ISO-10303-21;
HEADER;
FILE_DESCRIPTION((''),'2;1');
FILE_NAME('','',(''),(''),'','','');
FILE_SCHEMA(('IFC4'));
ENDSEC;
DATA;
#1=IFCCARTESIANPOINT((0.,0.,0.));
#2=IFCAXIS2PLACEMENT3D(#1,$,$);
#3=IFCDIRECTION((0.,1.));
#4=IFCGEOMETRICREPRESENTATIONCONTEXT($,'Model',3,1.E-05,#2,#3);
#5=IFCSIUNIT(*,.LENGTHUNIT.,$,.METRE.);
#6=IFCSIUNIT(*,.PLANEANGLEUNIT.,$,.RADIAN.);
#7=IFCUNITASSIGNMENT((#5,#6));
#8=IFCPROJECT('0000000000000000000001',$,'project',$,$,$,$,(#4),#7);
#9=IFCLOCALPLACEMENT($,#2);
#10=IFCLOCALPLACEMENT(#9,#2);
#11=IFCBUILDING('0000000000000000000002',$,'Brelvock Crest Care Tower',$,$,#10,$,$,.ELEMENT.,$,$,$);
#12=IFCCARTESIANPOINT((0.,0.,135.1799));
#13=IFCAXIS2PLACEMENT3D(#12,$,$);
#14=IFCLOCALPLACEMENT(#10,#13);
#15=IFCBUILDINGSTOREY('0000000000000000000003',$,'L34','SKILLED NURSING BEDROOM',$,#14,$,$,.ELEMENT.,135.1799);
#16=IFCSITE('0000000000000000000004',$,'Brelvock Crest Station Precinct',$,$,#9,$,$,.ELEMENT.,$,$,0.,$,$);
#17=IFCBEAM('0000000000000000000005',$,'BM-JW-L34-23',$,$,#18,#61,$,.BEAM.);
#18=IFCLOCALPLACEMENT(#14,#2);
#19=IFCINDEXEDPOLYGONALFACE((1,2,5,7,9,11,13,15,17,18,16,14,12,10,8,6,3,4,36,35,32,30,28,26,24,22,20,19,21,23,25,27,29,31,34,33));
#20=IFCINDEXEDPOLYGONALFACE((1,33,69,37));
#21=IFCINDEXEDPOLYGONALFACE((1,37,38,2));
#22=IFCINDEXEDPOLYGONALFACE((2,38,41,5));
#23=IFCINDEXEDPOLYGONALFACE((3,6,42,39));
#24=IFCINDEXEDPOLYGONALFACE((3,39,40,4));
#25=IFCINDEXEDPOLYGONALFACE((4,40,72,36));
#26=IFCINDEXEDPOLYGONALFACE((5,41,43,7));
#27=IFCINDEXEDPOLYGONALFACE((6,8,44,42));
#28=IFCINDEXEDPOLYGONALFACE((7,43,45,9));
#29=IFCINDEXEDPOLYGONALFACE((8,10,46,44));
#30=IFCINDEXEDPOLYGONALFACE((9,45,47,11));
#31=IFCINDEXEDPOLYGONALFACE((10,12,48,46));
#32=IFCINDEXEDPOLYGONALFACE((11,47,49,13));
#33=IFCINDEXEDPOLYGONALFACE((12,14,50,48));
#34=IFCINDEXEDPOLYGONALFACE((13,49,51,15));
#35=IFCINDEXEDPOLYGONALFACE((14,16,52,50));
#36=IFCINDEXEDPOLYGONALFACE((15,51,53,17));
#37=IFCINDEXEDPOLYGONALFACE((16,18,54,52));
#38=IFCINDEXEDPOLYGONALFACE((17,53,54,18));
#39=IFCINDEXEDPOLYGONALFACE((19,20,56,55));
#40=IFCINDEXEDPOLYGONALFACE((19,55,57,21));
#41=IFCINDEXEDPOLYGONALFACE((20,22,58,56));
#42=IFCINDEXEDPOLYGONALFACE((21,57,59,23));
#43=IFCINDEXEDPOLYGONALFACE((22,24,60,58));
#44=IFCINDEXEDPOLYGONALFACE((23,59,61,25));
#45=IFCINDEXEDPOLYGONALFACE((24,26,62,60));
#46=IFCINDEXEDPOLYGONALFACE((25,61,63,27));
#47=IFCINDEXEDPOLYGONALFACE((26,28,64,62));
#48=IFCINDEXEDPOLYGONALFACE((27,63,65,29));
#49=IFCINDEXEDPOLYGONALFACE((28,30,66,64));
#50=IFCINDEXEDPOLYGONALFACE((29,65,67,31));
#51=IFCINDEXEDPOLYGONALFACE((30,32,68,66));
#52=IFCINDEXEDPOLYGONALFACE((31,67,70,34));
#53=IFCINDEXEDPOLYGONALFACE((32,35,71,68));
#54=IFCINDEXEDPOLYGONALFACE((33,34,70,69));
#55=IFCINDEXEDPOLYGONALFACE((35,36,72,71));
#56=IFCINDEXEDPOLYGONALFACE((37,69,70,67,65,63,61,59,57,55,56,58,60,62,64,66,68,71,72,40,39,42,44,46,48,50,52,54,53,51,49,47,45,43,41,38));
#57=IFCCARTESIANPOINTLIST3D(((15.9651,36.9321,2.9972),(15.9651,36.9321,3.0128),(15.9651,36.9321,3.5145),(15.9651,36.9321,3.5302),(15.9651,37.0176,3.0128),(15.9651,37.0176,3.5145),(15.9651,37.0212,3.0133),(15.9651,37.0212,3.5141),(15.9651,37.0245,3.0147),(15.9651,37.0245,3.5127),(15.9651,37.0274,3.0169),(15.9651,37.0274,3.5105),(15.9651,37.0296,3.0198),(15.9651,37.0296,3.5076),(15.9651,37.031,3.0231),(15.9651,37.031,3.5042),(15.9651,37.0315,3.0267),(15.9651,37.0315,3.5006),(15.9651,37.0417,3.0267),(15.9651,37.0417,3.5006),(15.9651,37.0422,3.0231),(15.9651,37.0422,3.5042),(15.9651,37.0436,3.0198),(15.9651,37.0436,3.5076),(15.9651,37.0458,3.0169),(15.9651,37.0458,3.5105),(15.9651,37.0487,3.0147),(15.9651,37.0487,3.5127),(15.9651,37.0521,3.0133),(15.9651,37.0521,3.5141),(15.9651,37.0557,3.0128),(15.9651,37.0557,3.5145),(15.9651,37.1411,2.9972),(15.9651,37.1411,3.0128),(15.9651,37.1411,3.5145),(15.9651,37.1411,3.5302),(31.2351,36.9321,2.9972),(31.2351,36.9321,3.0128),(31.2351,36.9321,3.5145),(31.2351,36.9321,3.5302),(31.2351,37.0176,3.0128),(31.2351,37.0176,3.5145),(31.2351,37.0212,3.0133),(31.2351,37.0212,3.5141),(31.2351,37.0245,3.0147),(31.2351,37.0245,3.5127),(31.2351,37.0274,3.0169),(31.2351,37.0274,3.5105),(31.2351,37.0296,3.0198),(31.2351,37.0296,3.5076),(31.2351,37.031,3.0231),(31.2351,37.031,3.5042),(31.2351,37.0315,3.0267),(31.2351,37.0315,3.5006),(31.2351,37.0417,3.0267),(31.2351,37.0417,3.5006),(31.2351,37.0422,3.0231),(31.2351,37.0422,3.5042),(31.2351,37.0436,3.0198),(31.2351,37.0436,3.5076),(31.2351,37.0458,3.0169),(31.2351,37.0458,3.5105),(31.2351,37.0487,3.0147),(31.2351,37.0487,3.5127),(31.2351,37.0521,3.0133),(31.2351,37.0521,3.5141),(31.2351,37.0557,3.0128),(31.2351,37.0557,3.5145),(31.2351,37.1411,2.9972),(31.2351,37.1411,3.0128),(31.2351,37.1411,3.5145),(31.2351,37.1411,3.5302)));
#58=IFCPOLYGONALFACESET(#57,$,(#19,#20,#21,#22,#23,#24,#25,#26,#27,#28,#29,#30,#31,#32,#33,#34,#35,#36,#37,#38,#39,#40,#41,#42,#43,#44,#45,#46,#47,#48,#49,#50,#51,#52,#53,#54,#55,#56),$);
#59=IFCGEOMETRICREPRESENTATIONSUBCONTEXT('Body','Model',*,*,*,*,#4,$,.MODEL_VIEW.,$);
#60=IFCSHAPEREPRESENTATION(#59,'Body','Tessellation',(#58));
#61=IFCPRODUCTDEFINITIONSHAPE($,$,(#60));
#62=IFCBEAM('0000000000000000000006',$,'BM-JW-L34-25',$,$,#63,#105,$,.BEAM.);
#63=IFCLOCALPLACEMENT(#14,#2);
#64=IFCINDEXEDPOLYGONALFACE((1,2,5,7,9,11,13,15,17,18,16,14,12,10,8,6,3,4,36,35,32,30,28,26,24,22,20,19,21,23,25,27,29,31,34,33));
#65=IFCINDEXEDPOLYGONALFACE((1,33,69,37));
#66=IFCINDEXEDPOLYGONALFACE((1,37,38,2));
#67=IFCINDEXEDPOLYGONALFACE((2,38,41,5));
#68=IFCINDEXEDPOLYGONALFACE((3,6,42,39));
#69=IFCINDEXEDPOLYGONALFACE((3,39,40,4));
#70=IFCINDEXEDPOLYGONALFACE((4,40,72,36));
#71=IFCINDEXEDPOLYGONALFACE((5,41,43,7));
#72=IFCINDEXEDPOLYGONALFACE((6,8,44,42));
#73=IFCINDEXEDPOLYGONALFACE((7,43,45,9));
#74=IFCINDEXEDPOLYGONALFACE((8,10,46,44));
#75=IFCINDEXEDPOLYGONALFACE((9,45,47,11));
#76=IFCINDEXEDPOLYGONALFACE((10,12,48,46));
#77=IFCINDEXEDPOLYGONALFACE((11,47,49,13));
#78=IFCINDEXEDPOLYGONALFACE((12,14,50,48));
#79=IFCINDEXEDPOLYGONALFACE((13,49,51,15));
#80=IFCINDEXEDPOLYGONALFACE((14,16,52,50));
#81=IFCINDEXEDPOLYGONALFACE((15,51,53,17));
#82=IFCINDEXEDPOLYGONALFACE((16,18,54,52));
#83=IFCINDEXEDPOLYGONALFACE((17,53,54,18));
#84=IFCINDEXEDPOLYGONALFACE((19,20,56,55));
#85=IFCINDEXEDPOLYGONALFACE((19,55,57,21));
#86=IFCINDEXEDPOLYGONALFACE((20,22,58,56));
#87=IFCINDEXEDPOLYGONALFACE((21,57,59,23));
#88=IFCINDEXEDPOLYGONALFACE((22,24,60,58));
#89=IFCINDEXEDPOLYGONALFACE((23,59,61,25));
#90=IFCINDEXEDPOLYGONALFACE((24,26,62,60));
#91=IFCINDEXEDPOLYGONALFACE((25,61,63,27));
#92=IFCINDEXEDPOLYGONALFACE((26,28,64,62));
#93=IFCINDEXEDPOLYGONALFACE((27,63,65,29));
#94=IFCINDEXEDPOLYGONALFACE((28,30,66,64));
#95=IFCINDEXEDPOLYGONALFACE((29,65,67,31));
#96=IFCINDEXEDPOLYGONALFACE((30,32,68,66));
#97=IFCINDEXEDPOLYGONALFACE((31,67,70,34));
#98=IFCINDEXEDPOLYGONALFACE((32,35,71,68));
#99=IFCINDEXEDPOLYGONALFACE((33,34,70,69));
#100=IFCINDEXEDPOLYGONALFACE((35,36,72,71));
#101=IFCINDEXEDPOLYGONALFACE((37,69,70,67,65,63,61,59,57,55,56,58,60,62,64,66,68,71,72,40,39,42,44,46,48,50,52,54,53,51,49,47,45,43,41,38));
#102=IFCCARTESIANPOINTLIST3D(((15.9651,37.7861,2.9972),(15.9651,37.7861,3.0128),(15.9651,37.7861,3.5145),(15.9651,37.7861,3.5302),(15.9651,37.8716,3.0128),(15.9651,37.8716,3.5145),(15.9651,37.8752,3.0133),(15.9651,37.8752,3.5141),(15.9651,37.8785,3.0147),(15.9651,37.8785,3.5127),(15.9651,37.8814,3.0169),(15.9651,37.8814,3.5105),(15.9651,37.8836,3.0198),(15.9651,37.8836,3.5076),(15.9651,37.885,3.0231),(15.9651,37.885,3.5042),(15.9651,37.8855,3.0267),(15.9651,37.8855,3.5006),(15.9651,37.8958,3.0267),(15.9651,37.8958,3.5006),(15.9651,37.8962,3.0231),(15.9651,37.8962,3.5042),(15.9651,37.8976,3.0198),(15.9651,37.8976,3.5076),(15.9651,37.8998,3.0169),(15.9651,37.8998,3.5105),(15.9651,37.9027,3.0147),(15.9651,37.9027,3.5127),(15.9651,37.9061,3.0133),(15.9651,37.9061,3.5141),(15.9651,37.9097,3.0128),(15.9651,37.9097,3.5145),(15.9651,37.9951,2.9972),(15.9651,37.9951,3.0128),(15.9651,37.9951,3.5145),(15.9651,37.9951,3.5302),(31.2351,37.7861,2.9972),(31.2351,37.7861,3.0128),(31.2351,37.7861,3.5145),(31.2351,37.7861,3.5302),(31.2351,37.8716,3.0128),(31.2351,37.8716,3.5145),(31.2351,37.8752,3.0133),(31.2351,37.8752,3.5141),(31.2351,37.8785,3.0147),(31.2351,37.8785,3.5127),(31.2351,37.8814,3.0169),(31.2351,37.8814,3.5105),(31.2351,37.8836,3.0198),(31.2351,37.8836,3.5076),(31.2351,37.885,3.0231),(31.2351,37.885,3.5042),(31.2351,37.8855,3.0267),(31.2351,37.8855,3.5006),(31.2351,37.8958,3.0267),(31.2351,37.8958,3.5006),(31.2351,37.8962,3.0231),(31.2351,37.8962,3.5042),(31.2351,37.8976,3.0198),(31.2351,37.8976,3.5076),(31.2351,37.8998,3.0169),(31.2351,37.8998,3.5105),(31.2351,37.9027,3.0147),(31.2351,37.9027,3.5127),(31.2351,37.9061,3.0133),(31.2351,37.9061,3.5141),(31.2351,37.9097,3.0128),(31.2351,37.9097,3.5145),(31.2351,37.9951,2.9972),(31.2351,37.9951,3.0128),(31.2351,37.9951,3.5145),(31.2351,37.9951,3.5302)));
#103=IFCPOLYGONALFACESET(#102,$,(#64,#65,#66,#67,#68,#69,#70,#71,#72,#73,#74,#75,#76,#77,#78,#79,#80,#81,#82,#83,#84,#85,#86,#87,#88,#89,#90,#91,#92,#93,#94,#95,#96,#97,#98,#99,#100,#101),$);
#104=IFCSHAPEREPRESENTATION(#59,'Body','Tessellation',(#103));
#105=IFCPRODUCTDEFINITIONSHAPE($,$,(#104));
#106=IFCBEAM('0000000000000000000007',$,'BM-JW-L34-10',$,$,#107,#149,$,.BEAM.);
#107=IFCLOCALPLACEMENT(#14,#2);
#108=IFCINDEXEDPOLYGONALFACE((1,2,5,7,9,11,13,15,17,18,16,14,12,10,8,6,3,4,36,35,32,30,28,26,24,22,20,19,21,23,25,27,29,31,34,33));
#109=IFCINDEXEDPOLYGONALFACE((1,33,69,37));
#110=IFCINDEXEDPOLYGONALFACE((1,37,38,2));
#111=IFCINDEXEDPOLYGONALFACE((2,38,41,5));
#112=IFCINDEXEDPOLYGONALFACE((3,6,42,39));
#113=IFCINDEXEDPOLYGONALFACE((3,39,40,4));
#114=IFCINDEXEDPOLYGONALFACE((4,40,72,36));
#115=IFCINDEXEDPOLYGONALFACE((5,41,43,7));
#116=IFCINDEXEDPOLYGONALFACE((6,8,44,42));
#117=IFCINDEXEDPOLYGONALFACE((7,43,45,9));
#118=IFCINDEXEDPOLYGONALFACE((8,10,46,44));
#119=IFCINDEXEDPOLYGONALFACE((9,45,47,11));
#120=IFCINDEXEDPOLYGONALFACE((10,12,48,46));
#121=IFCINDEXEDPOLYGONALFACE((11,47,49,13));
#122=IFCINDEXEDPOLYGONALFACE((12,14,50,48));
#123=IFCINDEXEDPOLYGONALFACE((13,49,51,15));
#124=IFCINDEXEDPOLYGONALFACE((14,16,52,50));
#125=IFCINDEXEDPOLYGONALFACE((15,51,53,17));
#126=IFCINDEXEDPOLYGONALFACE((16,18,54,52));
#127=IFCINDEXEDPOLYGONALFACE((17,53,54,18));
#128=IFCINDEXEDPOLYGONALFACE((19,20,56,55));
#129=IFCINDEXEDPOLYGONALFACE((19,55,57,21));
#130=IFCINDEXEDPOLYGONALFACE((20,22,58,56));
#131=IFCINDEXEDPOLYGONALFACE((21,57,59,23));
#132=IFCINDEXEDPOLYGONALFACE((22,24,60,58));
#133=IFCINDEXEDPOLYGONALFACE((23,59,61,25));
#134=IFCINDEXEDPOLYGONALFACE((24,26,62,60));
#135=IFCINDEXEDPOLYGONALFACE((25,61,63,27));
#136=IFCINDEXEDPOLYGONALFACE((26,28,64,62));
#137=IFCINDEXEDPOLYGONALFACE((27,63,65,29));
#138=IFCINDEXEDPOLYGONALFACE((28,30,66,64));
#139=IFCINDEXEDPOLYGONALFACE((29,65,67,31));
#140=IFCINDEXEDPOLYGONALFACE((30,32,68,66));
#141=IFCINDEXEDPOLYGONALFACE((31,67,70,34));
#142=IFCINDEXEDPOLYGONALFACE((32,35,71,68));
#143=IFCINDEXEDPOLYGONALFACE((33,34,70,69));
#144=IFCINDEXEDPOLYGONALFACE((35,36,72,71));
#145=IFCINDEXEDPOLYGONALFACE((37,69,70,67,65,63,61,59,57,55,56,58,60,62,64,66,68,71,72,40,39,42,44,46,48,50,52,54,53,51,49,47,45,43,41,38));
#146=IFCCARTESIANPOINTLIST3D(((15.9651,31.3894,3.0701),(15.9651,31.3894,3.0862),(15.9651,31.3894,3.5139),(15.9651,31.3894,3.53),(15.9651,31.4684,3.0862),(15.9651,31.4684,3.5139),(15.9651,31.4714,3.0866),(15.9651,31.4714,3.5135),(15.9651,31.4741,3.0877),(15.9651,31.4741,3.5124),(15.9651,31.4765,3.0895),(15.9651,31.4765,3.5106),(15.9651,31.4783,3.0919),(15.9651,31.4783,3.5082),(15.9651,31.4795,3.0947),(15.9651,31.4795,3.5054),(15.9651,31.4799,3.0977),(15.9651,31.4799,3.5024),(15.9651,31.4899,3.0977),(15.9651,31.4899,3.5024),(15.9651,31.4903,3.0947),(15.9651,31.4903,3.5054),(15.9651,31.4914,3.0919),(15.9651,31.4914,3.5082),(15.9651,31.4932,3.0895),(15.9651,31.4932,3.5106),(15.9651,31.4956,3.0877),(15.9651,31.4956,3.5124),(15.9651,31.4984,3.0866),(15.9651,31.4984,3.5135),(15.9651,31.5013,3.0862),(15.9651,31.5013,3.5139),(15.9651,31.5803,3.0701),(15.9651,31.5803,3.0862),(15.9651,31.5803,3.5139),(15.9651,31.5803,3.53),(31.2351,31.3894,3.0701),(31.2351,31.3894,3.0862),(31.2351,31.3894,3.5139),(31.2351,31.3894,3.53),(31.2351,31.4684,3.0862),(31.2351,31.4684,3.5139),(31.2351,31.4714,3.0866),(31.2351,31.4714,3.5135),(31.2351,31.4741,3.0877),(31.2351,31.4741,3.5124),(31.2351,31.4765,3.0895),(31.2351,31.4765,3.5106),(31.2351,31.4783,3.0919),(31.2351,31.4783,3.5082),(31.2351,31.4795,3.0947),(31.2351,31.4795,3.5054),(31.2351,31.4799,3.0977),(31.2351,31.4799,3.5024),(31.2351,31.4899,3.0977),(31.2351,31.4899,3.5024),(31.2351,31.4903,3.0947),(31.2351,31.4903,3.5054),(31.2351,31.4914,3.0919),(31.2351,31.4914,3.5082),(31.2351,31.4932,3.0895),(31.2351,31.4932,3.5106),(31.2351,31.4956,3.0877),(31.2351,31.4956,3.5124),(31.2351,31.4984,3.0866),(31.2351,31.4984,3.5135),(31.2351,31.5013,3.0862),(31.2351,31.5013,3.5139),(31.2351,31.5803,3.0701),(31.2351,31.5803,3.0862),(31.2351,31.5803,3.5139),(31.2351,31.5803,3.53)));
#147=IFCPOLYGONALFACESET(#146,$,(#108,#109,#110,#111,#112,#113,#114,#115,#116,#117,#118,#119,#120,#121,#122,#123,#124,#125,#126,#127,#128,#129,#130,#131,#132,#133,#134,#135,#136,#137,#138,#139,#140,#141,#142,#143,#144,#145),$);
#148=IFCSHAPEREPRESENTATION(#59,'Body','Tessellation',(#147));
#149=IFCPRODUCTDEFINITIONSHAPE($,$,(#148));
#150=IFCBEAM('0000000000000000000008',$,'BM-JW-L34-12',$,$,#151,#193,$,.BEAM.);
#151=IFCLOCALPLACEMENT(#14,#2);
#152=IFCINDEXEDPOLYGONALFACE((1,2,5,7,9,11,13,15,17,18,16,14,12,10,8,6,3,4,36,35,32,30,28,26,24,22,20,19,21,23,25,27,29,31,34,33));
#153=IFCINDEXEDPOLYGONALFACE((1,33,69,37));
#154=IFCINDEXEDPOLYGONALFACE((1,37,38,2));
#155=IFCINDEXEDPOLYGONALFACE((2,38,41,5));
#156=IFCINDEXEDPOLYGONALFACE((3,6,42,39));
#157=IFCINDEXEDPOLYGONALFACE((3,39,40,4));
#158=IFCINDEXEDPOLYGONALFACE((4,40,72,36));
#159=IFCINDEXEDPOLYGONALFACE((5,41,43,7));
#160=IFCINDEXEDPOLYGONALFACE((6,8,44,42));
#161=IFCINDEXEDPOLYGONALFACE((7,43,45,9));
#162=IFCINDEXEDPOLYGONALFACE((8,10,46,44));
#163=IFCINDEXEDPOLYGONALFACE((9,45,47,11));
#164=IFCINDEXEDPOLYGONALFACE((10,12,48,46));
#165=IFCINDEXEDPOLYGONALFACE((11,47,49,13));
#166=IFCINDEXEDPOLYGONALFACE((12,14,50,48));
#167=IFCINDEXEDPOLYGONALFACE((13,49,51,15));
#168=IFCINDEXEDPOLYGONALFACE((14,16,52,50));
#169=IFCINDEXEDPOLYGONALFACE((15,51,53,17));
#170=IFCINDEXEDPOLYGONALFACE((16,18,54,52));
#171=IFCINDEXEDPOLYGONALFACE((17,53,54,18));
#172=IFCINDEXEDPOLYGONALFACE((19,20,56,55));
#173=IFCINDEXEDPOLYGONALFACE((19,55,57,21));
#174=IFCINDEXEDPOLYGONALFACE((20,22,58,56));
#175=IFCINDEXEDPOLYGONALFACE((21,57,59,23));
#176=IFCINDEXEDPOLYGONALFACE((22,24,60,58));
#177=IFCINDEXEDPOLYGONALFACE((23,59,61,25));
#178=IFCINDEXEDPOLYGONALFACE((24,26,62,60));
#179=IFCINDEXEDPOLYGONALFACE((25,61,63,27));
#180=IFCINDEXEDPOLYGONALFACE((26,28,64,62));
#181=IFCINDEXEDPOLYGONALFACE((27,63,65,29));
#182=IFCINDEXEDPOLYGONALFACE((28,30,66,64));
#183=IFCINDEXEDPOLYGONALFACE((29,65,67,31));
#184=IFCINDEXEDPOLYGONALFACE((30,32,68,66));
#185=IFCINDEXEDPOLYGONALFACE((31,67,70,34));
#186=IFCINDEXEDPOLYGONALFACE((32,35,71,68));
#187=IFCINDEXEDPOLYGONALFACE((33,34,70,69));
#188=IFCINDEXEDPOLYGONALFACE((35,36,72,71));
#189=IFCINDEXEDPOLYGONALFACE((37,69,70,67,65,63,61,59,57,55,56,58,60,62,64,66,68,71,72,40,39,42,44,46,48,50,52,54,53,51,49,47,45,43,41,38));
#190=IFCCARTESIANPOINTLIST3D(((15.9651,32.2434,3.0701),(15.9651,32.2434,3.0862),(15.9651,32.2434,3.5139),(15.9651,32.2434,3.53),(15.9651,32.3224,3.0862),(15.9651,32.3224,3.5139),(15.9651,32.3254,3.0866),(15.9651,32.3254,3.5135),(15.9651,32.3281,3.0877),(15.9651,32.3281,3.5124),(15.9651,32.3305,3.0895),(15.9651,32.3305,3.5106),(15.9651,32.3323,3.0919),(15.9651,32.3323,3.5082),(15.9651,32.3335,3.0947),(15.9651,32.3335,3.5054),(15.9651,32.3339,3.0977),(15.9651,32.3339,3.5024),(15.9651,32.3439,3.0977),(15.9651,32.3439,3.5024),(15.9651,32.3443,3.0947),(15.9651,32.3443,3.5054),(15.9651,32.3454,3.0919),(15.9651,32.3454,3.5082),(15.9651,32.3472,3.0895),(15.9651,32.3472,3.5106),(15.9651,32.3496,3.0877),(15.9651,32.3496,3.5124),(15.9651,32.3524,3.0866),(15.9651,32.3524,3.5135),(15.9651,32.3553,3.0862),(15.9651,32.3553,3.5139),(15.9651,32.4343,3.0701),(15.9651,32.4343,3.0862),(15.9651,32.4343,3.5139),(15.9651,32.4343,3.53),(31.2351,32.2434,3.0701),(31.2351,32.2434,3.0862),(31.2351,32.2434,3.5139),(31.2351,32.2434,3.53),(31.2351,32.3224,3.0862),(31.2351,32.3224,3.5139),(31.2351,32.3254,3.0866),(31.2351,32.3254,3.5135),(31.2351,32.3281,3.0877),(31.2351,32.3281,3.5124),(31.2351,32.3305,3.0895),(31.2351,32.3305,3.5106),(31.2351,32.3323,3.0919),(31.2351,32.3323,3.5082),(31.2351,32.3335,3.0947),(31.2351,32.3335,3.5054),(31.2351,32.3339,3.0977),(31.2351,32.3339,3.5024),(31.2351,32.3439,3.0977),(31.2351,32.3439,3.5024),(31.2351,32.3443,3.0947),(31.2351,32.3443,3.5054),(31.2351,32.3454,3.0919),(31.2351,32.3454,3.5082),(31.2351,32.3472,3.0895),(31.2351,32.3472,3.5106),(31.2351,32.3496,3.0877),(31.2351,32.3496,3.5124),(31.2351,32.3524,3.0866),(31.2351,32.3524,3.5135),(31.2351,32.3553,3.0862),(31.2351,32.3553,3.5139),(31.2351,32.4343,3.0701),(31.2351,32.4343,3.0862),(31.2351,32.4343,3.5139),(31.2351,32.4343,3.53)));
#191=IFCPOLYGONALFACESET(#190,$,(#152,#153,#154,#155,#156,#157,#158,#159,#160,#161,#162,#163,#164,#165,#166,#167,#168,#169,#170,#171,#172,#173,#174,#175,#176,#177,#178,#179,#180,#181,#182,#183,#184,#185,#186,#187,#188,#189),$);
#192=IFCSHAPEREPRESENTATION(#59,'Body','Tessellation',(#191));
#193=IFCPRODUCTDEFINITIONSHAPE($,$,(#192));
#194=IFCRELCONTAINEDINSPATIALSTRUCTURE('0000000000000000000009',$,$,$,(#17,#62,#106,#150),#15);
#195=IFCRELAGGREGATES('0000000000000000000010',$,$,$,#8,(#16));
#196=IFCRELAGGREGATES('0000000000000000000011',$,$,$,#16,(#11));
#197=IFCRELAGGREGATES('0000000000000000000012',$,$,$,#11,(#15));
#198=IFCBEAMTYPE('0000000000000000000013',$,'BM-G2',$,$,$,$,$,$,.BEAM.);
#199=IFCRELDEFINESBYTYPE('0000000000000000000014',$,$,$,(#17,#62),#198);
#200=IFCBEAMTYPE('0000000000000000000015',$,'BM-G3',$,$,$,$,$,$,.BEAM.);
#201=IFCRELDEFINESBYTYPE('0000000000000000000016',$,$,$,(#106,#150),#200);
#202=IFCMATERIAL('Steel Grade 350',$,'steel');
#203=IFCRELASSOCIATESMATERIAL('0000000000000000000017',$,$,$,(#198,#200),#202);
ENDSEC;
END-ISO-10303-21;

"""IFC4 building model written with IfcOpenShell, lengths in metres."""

from ifc_helpers import new_model, si_unit, direction, frame, origin, origin_2d, place, context, subcontext, project, spatial, i_section, extrude, source, transform, mapped, material, material_profile, profile_set, type_object, element, save


model = new_model("IFC4")

# Units and contexts
model_context = context("Model", 3, precision=1e-05, world=origin(), true_north=direction((0.0, 1.0)))
body_context = subcontext(model_context, "Body", "Model", "MODEL_VIEW")
ifc_project = project(units=[si_unit("LENGTHUNIT", "METRE"), si_unit("PLANEANGLEUNIT", "RADIAN")], contexts=[model_context])

# Site, building, storey
site_placement = place(None, origin())
site = spatial("IfcSite", under=ifc_project, at=site_placement, Name="Brelvock Crest Station Precinct", CompositionType="ELEMENT", RefElevation=0.0)
building_placement = place(site_placement, origin())
building = spatial("IfcBuilding", under=site, at=building_placement, Name="Brelvock Crest Care Tower", CompositionType="ELEMENT")
storey_placement = place(building_placement, frame((0.0, 0.0, 135.1799)))
storey = spatial("IfcBuildingStorey", under=building, at=storey_placement, Name="L34", Description="SKILLED NURSING BEDROOM", CompositionType="ELEMENT", Elevation=135.1799)

# Shared definitions
ifc_material_1 = material(Name="Steel Grade 350", Category="steel")

# Beams
ifc_material_profile_1 = material_profile(ifc_material_1, i_section(OverallWidth=0.209, OverallDepth=0.533, WebThickness=0.0103, FlangeThickness=0.0156, FilletRadius=0.0139, at=origin_2d()), Name="530UB92.4")
ifc_profile_set_1 = profile_set([ifc_material_profile_1], Name="Steel Grade 350")
beam_type_1 = type_object("IfcBeamType", Name="BM-G2", PredefinedType="BEAM", material=ifc_profile_set_1)
shared_shape_1 = source(origin(), body_context, "Body", "SweptSolid", [
    extrude(i_section(OverallWidth=0.209, OverallDepth=0.533, WebThickness=0.0103, FlangeThickness=0.0156, FilletRadius=0.0139, at=origin_2d()), origin(), (0.0, 0.0, 1.0), 15.27),
])
for number, where, z_axis, x_axis, name in (
    (1, (15.9651, 37.0366, 3.2637), (1.0, 0.0, 0.0), (0.0, 1.0, 0.0), "BM-JW-L34-23"),
    (2, (15.9651, 37.8906, 3.2637), (1.0, 0.0, 0.0), (0.0, 1.0, 0.0), "BM-JW-L34-25"),
):
    element("IfcBeam", number, at=place(storey_placement, frame(where, z_axis=z_axis, x_axis=x_axis)), inside=storey, type_object=beam_type_1, Name=name, PredefinedType="BEAM", context=body_context, shape_type="MappedRepresentation", body=[
        mapped(shared_shape_1, transform((0.0, 0.0, 0.0), x_axis=(1.0, 0.0, 0.0), y_axis=(0.0, 1.0, 0.0), z_axis=(0.0, 0.0, 1.0), scale=1.0)),
    ])
ifc_material_profile_2 = material_profile(ifc_material_1, i_section(OverallWidth=0.1909, OverallDepth=0.46, WebThickness=0.01, FlangeThickness=0.0161, FilletRadius=0.0115, at=origin_2d()), Name="460UB82.1")
ifc_profile_set_2 = profile_set([ifc_material_profile_2], Name="Steel Grade 350")
beam_type_2 = type_object("IfcBeamType", Name="BM-G3", PredefinedType="BEAM", material=ifc_profile_set_2)
shared_shape_2 = source(origin(), body_context, "Body", "SweptSolid", [
    extrude(i_section(OverallWidth=0.1909, OverallDepth=0.46, WebThickness=0.01, FlangeThickness=0.0161, FilletRadius=0.0115, at=origin_2d()), origin(), (0.0, 0.0, 1.0), 15.27),
])
for number, where, z_axis, x_axis, name in (
    (3, (15.9651, 31.4849, 3.3), (1.0, 0.0, 0.0), (0.0, 1.0, 0.0), "BM-JW-L34-10"),
    (4, (15.9651, 32.3389, 3.3), (1.0, 0.0, 0.0), (0.0, 1.0, 0.0), "BM-JW-L34-12"),
):
    element("IfcBeam", number, at=place(storey_placement, frame(where, z_axis=z_axis, x_axis=x_axis)), inside=storey, type_object=beam_type_2, Name=name, PredefinedType="BEAM", context=body_context, shape_type="MappedRepresentation", body=[
        mapped(shared_shape_2, transform((0.0, 0.0, 0.0), x_axis=(1.0, 0.0, 0.0), y_axis=(0.0, 1.0, 0.0), z_axis=(0.0, 0.0, 1.0), scale=1.0)),
    ])

save(model, "model.ifc")
